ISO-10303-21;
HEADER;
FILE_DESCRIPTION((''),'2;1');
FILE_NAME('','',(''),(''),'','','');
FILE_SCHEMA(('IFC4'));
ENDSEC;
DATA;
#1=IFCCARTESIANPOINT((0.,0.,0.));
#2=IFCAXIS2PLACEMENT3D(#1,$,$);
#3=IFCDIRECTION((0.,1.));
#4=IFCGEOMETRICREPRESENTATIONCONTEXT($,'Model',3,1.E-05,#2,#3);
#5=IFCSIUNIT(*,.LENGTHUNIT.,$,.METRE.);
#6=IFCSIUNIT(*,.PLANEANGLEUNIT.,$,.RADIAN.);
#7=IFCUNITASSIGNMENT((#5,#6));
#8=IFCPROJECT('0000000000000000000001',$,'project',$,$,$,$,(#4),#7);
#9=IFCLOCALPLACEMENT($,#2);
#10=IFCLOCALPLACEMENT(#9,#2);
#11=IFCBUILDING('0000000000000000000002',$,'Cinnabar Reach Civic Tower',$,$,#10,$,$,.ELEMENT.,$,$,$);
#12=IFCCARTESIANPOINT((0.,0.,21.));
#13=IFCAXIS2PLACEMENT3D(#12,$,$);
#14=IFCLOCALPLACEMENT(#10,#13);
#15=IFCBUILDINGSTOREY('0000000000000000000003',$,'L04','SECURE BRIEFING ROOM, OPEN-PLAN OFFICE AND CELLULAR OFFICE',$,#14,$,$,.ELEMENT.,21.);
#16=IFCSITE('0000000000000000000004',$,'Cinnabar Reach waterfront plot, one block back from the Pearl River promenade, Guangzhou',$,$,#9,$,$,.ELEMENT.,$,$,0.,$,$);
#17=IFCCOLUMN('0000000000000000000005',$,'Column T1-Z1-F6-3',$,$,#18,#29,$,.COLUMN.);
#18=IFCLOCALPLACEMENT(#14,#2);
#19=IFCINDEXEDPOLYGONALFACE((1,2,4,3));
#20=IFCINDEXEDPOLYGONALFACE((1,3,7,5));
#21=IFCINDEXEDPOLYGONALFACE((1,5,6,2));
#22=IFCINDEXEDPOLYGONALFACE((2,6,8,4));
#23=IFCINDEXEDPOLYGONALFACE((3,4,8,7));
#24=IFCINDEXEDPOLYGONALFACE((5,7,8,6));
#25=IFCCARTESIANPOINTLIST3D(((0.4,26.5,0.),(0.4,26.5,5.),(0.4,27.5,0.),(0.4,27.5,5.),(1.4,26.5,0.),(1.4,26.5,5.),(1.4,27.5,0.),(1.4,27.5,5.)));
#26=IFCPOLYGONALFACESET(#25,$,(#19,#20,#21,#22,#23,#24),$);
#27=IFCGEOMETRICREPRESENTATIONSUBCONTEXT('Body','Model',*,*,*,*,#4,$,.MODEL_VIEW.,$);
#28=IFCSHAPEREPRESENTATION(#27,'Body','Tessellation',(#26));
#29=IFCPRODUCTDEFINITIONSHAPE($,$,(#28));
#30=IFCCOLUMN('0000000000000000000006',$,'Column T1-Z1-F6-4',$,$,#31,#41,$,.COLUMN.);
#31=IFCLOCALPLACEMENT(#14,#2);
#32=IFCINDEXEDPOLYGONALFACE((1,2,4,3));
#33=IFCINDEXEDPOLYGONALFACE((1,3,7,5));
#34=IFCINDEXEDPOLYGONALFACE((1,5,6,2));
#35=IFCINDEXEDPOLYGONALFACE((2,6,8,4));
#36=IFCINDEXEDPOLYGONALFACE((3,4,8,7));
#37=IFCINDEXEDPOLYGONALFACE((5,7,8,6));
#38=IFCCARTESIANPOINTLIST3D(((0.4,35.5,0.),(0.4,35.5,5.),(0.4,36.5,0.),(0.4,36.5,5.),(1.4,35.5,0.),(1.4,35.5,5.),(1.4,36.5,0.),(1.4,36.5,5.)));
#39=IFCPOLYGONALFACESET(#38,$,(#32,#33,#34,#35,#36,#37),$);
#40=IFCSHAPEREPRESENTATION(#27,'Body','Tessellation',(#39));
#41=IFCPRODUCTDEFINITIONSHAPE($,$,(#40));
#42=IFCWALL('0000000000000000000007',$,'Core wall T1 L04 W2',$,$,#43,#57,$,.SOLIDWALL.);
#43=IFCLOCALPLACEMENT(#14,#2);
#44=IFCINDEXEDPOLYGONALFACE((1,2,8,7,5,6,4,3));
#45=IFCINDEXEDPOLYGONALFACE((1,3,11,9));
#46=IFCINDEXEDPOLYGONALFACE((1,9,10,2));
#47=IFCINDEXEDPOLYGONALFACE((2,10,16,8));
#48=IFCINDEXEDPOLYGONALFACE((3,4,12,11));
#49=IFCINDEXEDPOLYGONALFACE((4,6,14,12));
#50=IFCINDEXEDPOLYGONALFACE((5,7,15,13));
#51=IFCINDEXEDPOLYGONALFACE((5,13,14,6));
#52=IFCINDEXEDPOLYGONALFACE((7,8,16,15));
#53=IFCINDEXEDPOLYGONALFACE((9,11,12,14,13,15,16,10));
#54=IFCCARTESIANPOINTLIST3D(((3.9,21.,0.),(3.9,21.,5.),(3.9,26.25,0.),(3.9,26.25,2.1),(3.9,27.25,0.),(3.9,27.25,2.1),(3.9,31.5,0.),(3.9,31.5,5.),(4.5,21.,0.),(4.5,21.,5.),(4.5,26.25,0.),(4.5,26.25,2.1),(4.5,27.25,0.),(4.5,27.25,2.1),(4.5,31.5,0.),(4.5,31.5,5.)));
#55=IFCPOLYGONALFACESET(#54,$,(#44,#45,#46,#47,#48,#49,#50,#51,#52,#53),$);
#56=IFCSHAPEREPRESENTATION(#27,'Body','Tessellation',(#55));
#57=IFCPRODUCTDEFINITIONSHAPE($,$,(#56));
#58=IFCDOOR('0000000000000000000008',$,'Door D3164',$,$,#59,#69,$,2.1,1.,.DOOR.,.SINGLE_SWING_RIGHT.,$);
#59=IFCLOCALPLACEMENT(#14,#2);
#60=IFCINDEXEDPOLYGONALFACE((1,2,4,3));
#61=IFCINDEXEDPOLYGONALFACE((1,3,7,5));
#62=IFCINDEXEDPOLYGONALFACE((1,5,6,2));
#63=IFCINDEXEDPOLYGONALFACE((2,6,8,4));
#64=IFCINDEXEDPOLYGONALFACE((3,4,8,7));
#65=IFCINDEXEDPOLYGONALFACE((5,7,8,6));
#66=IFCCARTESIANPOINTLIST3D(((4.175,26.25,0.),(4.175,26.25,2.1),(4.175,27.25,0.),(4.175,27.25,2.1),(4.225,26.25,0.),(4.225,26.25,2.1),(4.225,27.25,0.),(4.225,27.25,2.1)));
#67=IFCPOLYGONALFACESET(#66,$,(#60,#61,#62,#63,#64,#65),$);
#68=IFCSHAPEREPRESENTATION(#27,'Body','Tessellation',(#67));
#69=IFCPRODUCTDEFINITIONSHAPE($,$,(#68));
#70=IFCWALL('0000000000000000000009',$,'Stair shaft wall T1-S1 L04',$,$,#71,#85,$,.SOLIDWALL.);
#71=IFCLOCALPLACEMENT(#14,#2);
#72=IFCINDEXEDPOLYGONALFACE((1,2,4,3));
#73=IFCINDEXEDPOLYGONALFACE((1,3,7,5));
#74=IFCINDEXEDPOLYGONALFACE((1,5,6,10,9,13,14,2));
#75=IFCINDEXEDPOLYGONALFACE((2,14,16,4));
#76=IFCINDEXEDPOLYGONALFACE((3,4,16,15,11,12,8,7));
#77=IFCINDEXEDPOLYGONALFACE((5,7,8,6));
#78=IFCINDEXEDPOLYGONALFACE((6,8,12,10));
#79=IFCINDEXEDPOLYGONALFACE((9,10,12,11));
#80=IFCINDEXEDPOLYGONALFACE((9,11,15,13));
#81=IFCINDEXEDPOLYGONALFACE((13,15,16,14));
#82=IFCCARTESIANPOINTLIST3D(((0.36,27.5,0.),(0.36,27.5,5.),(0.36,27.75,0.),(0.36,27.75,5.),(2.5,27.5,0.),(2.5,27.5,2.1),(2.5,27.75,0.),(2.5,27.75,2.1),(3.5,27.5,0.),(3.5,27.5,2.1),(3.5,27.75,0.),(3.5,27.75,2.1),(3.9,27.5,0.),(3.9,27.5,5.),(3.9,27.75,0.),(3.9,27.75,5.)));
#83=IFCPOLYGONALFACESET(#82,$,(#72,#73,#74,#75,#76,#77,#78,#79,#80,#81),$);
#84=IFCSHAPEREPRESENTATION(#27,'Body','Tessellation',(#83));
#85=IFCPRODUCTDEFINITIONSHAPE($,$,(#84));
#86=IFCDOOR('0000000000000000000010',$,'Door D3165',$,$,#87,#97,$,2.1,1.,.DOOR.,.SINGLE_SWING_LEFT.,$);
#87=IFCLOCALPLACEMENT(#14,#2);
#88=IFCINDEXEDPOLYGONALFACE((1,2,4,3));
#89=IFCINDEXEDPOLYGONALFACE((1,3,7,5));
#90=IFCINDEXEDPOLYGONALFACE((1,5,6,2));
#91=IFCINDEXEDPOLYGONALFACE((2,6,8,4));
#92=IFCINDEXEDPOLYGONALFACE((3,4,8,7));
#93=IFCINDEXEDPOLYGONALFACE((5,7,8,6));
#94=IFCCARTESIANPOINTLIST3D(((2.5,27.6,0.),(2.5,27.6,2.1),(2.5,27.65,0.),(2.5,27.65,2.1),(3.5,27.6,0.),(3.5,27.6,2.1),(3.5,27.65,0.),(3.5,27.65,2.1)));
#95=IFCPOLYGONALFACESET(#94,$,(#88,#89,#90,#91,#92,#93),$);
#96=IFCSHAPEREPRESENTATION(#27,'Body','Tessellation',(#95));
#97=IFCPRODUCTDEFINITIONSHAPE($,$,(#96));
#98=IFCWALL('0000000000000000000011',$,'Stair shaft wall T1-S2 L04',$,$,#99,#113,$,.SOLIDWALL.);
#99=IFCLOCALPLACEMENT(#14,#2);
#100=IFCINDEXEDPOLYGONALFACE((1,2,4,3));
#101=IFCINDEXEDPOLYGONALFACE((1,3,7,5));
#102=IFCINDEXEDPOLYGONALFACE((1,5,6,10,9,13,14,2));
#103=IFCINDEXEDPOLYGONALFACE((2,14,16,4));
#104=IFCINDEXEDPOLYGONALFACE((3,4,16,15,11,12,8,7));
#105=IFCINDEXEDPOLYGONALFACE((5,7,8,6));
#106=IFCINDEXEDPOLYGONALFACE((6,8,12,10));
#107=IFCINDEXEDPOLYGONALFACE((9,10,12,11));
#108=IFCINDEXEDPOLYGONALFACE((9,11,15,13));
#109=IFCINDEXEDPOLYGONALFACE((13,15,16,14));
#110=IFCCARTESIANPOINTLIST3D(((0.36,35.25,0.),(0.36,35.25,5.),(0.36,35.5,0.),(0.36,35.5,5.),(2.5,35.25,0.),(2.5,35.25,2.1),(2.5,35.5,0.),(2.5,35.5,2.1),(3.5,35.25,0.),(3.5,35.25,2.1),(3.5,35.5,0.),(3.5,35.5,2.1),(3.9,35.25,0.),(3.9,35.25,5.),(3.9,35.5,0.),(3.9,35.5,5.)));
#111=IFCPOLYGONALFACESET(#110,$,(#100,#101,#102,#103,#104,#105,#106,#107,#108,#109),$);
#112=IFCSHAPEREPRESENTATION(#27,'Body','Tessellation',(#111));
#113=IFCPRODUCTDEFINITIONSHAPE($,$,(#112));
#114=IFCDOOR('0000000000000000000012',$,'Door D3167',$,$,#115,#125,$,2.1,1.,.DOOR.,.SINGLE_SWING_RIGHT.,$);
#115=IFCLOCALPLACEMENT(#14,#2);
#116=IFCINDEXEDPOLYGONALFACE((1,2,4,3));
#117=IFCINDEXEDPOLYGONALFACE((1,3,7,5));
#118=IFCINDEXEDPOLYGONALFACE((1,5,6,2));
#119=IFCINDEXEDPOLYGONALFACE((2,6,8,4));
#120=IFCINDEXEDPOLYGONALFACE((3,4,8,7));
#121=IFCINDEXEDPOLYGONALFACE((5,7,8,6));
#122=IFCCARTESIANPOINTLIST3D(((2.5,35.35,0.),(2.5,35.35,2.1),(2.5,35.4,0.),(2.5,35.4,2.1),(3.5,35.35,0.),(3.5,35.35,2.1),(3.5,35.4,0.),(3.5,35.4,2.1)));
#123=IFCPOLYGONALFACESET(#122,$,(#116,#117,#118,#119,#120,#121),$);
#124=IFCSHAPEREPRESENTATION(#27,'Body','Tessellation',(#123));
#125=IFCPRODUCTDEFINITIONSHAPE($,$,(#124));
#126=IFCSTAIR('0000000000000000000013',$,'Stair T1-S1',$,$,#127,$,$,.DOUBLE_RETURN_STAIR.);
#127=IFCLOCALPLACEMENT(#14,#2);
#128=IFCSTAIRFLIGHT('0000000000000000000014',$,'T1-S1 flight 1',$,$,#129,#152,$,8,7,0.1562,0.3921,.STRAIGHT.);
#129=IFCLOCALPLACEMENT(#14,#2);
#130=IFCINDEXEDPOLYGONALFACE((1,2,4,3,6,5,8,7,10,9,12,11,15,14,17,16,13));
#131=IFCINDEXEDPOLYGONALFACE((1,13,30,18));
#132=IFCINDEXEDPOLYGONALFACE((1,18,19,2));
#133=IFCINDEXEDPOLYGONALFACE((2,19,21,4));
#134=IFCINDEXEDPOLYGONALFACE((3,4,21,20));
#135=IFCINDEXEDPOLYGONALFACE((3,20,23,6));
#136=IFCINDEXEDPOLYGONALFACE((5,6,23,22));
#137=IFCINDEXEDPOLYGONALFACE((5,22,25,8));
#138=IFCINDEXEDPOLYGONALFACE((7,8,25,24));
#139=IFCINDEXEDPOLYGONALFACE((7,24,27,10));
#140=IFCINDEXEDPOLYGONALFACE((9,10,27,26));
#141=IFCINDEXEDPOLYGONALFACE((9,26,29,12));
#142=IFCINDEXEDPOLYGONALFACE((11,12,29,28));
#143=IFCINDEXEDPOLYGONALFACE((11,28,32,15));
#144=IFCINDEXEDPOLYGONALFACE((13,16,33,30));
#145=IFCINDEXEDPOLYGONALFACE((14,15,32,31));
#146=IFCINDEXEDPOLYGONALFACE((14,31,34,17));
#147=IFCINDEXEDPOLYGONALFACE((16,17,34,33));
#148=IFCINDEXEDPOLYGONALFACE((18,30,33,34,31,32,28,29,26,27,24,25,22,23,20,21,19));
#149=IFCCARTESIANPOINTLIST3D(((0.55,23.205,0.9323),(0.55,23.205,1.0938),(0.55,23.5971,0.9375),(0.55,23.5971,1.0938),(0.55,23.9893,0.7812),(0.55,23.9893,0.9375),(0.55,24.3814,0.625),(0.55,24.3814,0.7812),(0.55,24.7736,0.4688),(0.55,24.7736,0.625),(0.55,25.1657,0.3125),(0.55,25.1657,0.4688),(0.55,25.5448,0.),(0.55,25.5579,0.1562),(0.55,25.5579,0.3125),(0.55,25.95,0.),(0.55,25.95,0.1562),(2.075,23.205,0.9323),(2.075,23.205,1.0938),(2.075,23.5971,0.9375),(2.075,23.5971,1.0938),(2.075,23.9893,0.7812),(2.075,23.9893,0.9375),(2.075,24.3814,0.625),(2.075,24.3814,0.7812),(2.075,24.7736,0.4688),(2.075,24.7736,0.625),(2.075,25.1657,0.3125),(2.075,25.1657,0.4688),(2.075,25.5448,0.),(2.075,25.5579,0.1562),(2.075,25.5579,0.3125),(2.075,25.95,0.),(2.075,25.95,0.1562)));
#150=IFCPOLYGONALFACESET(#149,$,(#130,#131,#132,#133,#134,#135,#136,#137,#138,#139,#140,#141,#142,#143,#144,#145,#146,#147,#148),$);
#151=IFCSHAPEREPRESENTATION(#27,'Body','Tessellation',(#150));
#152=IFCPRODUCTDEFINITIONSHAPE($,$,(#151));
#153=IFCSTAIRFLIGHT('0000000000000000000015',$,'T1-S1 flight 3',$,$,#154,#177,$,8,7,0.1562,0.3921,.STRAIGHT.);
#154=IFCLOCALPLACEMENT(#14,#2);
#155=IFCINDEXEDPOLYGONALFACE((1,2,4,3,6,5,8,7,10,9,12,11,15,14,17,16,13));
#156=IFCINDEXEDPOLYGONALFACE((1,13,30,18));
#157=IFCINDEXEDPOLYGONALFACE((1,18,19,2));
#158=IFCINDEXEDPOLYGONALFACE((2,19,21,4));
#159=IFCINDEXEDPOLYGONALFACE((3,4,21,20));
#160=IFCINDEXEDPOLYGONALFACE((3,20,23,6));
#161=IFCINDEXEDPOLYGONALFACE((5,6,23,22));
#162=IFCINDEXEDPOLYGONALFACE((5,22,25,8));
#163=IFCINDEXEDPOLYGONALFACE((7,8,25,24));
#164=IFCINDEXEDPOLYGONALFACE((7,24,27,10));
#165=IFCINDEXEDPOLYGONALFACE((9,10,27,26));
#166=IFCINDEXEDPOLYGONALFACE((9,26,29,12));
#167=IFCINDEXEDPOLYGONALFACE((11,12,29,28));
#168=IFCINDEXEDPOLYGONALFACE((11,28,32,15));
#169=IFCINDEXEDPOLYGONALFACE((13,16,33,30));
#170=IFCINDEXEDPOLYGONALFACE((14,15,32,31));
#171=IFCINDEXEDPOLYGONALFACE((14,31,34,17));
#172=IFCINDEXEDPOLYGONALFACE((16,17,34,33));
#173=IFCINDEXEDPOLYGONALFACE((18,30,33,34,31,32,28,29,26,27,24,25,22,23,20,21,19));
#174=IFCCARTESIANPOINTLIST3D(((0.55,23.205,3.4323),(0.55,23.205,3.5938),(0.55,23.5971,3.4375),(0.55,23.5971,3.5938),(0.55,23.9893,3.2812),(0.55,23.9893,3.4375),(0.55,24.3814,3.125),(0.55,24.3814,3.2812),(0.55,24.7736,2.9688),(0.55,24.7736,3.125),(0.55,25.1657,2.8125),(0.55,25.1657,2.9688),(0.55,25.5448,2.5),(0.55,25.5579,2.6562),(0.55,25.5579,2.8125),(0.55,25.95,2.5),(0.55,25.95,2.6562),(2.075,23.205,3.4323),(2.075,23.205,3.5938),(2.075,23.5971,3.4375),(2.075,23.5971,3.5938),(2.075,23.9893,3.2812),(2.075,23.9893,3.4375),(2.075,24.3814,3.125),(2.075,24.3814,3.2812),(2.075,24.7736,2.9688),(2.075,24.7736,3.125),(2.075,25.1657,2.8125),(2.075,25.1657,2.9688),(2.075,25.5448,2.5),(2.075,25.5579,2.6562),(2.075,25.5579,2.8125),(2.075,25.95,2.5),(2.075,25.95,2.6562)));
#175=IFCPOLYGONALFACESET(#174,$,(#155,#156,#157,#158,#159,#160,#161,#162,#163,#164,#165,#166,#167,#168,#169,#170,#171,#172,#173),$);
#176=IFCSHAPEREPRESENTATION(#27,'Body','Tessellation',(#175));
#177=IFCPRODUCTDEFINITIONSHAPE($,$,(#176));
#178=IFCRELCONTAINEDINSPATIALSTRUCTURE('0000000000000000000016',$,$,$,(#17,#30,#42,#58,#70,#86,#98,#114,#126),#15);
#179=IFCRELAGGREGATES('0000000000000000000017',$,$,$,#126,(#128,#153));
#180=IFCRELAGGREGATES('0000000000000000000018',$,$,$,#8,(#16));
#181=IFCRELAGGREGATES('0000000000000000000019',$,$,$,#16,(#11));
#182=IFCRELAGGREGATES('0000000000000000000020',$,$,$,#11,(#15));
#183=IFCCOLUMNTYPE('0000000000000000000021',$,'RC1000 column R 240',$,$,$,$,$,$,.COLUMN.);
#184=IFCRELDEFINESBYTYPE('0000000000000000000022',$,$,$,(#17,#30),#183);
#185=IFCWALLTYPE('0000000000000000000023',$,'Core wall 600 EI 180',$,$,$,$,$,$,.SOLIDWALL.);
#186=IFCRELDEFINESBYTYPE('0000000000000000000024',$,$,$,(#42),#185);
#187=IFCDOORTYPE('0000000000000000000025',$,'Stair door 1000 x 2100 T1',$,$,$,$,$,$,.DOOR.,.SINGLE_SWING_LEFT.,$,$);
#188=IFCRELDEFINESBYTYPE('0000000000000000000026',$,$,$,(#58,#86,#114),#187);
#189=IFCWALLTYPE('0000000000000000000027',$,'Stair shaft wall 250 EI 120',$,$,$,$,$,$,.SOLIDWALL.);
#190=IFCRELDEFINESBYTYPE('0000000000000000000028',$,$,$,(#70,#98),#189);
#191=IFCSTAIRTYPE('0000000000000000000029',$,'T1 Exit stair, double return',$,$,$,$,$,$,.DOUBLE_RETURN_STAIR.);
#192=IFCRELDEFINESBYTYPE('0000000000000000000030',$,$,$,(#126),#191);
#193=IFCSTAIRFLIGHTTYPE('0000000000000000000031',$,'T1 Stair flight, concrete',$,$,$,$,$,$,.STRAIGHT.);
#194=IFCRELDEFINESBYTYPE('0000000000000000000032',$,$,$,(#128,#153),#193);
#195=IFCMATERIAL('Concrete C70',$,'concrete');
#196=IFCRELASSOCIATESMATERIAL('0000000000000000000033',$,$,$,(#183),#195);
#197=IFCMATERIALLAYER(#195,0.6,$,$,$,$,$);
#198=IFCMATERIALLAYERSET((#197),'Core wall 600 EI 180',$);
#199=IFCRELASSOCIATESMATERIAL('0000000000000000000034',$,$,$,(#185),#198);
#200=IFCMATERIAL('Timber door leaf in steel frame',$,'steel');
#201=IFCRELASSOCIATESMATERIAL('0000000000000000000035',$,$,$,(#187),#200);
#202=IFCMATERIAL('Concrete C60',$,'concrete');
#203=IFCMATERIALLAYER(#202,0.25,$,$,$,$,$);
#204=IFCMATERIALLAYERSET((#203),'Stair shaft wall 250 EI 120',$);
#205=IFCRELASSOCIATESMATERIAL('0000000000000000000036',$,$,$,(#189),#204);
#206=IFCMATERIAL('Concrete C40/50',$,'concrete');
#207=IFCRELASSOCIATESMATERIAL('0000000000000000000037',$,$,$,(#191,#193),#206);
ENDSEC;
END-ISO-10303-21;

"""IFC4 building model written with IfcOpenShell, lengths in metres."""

from ifc_helpers import new_model, si_unit, direction, frame, frame_2d, origin, origin_2d, place, context, subcontext, project, spatial, polyline, rectangle, outline, extrude, material, layer, layer_set, material_profile, profile_set, type_object, element, fill, aggregate, save


model = new_model("IFC4")

# Units and contexts
model_context = context("Model", 3, precision=1e-05, world=origin(), true_north=direction((0.0, 1.0)))
body_context = subcontext(model_context, "Body", "Model", "MODEL_VIEW")
ifc_project = project(units=[si_unit("LENGTHUNIT", "METRE"), si_unit("PLANEANGLEUNIT", "RADIAN")], contexts=[model_context])

# Site, building, storey
site_placement = place(None, origin())
site = spatial("IfcSite", under=ifc_project, at=site_placement, Name="Cinnabar Reach waterfront plot, one block back from the Pearl River promenade, Guangzhou", CompositionType="ELEMENT", RefElevation=0.0)
building_placement = place(site_placement, origin())
building = spatial("IfcBuilding", under=site, at=building_placement, Name="Cinnabar Reach Civic Tower", CompositionType="ELEMENT")
storey_placement = place(building_placement, frame((0.0, 0.0, 21.0)))
storey = spatial("IfcBuildingStorey", under=building, at=storey_placement, Name="L04", Description="SECURE BRIEFING ROOM, OPEN-PLAN OFFICE AND CELLULAR OFFICE", CompositionType="ELEMENT", Elevation=21.0)

# Columns
ifc_material_1 = material(Name="Concrete C70", Category="concrete")
ifc_material_profile = material_profile(ifc_material_1, rectangle(XDim=1.0, YDim=1.0, at=origin_2d()), Name="RC1000")
ifc_profile_set = profile_set([ifc_material_profile], Name="Concrete C70")
column_type = type_object("IfcColumnType", Name="RC1000 column R 240", PredefinedType="COLUMN", material=ifc_profile_set)
for number, where, z_axis, x_axis, name in (
    (1, (0.9, 27.0, 0.0), (0.0, 0.0, 1.0), (1.0, 0.0, 0.0), "Column T1-Z1-F6-3"),
    (2, (0.9, 36.0, 0.0), (0.0, 0.0, 1.0), (1.0, 0.0, 0.0), "Column T1-Z1-F6-4"),
):
    element("IfcColumn", number, at=place(storey_placement, frame(where, z_axis=z_axis, x_axis=x_axis)), inside=storey, type_object=column_type, Name=name, PredefinedType="COLUMN", context=body_context, shape_type="SweptSolid", body=[
        extrude(rectangle(XDim=1.0, YDim=1.0, at=origin_2d()), origin(), (0.0, 0.0, 1.0), 5.0),
    ])

# Walls, openings, doors
ifc_layer_1 = layer(ifc_material_1, 0.6)
ifc_layer_set_1 = layer_set([ifc_layer_1], Name="Core wall 600 EI 180")
wall_type_1 = type_object("IfcWallType", Name="Core wall 600 EI 180", PredefinedType="SOLIDWALL", material=ifc_layer_set_1)
wall_1_placement = place(storey_placement, frame((4.2, 31.5, 0.0), z_axis=(0.0, 0.0, 1.0), x_axis=(0.0, -1.0, 0.0)))
wall_1 = element("IfcWall", 3, at=wall_1_placement, inside=storey, type_object=wall_type_1, Name="Core wall T1 L04 W2", PredefinedType="SOLIDWALL", context=body_context, shape_type="SweptSolid", body=[
    extrude(rectangle(XDim=10.5, YDim=0.6, at=frame_2d((5.25, 0.0))), origin(), (0.0, 0.0, 1.0), 5.0),
])
opening_1_placement = place(wall_1_placement, frame((4.25, 0.0, 0.0)))
opening_1 = element("IfcOpeningElement", 4, at=opening_1_placement, cuts=wall_1, PredefinedType="OPENING", context=body_context, shape_type="SweptSolid", body=[
    extrude(rectangle(XDim=1.0, YDim=2.1, at=frame_2d((0.5, 1.05))), frame((0.0, 0.31, 0.0), z_axis=(0.0, -1.0, 0.0), x_axis=(1.0, 0.0, 0.0)), (0.0, 0.0, 1.0), 0.62),
])
ifc_material_2 = material(Name="Timber door leaf in steel frame", Category="steel")
door_type = type_object("IfcDoorType", Name="Stair door 1000 x 2100 T1", OperationType="SINGLE_SWING_LEFT", PredefinedType="DOOR", material=ifc_material_2)
door_1_placement = place(opening_1_placement, frame((1.0, 0.0, 0.0), z_axis=(0.0, 0.0, 1.0), x_axis=(-1.0, 0.0, 0.0)))
door_1 = element("IfcDoor", 5, at=door_1_placement, inside=storey, type_object=door_type, Name="Door D3164", OperationType="SINGLE_SWING_RIGHT", OverallHeight=2.1, OverallWidth=1.0, PredefinedType="DOOR", context=body_context, shape_type="SweptSolid", body=[
    extrude(rectangle(XDim=1.0, YDim=2.1, at=frame_2d((0.5, 1.05))), frame((0.0, 0.025, 0.0), z_axis=(0.0, -1.0, 0.0), x_axis=(1.0, 0.0, 0.0)), (0.0, 0.0, 1.0), 0.05),
])
fill(opening_1, door_1)
ifc_material_3 = material(Name="Concrete C60", Category="concrete")
ifc_layer_2 = layer(ifc_material_3, 0.25)
ifc_layer_set_2 = layer_set([ifc_layer_2], Name="Stair shaft wall 250 EI 120")
wall_type_2 = type_object("IfcWallType", Name="Stair shaft wall 250 EI 120", PredefinedType="SOLIDWALL", material=ifc_layer_set_2)
wall_2_placement = place(storey_placement, frame((3.9, 27.625, 0.0), z_axis=(0.0, 0.0, 1.0), x_axis=(-1.0, 0.0, 0.0)))
wall_2 = element("IfcWall", 6, at=wall_2_placement, inside=storey, type_object=wall_type_2, Name="Stair shaft wall T1-S1 L04", PredefinedType="SOLIDWALL", context=body_context, shape_type="SweptSolid", body=[
    extrude(rectangle(XDim=3.54, YDim=0.25, at=frame_2d((1.77, 0.0))), origin(), (0.0, 0.0, 1.0), 5.0),
])
opening_2_placement = place(wall_2_placement, frame((0.4, 0.0, 0.0)))
opening_2 = element("IfcOpeningElement", 7, at=opening_2_placement, cuts=wall_2, PredefinedType="OPENING", context=body_context, shape_type="SweptSolid", body=[
    extrude(rectangle(XDim=1.0, YDim=2.1, at=frame_2d((0.5, 1.05))), frame((0.0, 0.135, 0.0), z_axis=(0.0, -1.0, 0.0), x_axis=(1.0, 0.0, 0.0)), (0.0, 0.0, 1.0), 0.27),
])
door_2_placement = place(opening_2_placement, origin())
door_2 = element("IfcDoor", 8, at=door_2_placement, inside=storey, type_object=door_type, Name="Door D3165", OperationType="SINGLE_SWING_LEFT", OverallHeight=2.1, OverallWidth=1.0, PredefinedType="DOOR", context=body_context, shape_type="SweptSolid", body=[
    extrude(rectangle(XDim=1.0, YDim=2.1, at=frame_2d((0.5, 1.05))), frame((0.0, 0.025, 0.0), z_axis=(0.0, -1.0, 0.0), x_axis=(1.0, 0.0, 0.0)), (0.0, 0.0, 1.0), 0.05),
])
fill(opening_2, door_2)
wall_3_placement = place(storey_placement, frame((0.36, 35.375, 0.0), z_axis=(0.0, 0.0, 1.0), x_axis=(1.0, 0.0, 0.0)))
wall_3 = element("IfcWall", 9, at=wall_3_placement, inside=storey, type_object=wall_type_2, Name="Stair shaft wall T1-S2 L04", PredefinedType="SOLIDWALL", context=body_context, shape_type="SweptSolid", body=[
    extrude(rectangle(XDim=3.54, YDim=0.25, at=frame_2d((1.77, 0.0))), origin(), (0.0, 0.0, 1.0), 5.0),
])
opening_3_placement = place(wall_3_placement, frame((2.14, 0.0, 0.0)))
opening_3 = element("IfcOpeningElement", 10, at=opening_3_placement, cuts=wall_3, PredefinedType="OPENING", context=body_context, shape_type="SweptSolid", body=[
    extrude(rectangle(XDim=1.0, YDim=2.1, at=frame_2d((0.5, 1.05))), frame((0.0, 0.135, 0.0), z_axis=(0.0, -1.0, 0.0), x_axis=(1.0, 0.0, 0.0)), (0.0, 0.0, 1.0), 0.27),
])
door_3_placement = place(opening_3_placement, origin())
door_3 = element("IfcDoor", 11, at=door_3_placement, inside=storey, type_object=door_type, Name="Door D3167", OperationType="SINGLE_SWING_RIGHT", OverallHeight=2.1, OverallWidth=1.0, PredefinedType="DOOR", context=body_context, shape_type="SweptSolid", body=[
    extrude(rectangle(XDim=1.0, YDim=2.1, at=frame_2d((0.5, 1.05))), frame((0.0, 0.025, 0.0), z_axis=(0.0, -1.0, 0.0), x_axis=(1.0, 0.0, 0.0)), (0.0, 0.0, 1.0), 0.05),
])
fill(opening_3, door_3)

# Stair, stair flights
ifc_material_4 = material(Name="Concrete C40/50", Category="concrete")
stair_type = type_object("IfcStairType", Name="T1 Exit stair, double return", PredefinedType="DOUBLE_RETURN_STAIR", material=ifc_material_4)
stair_1_placement = place(storey_placement, origin())
stair_1 = element("IfcStair", 12, at=stair_1_placement, inside=storey, type_object=stair_type, Name="Stair T1-S1", PredefinedType="DOUBLE_RETURN_STAIR")
stair_flight_type = type_object("IfcStairFlightType", Name="T1 Stair flight, concrete", PredefinedType="STRAIGHT", material=ifc_material_4)
stair_flight_1_placement = place(storey_placement, frame((1.3125, 25.95, 0.0), z_axis=(0.0, 0.0, 1.0), x_axis=(0.0, -1.0, 0.0)))
stair_flight_1 = element("IfcStairFlight", 13, at=stair_flight_1_placement, type_object=stair_flight_type, Name="T1-S1 flight 1", NumberOfRisers=8, NumberOfTreads=7, PredefinedType="STRAIGHT", RiserHeight=0.1562, TreadLength=0.3921, context=body_context, shape_type="SweptSolid", body=[
    extrude(outline(polyline([(0.0, 0.0), (0.0, 0.1562), (0.3921, 0.1562), (0.3921, 0.3125), (0.7843, 0.3125), (0.7843, 0.4688), (1.1764, 0.4688), (1.1764, 0.625), (1.5686, 0.625), (1.5686, 0.7812), (1.9607, 0.7812), (1.9607, 0.9375), (2.3529, 0.9375), (2.3529, 1.0938), (2.745, 1.0938), (2.745, 1.25), (2.745, 0.9323), (0.4052, 0.0), (0.0, 0.0)])), frame((0.0, 0.7625, 0.0), z_axis=(0.0, -1.0, 0.0), x_axis=(1.0, 0.0, 0.0)), (0.0, 0.0, 1.0), 1.525),
])
stair_flight_2_placement = place(storey_placement, frame((1.3125, 25.95, 2.5), z_axis=(0.0, 0.0, 1.0), x_axis=(0.0, -1.0, 0.0)))
stair_flight_2 = element("IfcStairFlight", 14, at=stair_flight_2_placement, type_object=stair_flight_type, Name="T1-S1 flight 3", NumberOfRisers=8, NumberOfTreads=7, PredefinedType="STRAIGHT", RiserHeight=0.1562, TreadLength=0.3921, context=body_context, shape_type="SweptSolid", body=[
    extrude(outline(polyline([(0.0, 0.0), (0.0, 0.1562), (0.3921, 0.1562), (0.3921, 0.3125), (0.7843, 0.3125), (0.7843, 0.4688), (1.1764, 0.4688), (1.1764, 0.625), (1.5686, 0.625), (1.5686, 0.7812), (1.9607, 0.7812), (1.9607, 0.9375), (2.3529, 0.9375), (2.3529, 1.0938), (2.745, 1.0938), (2.745, 1.25), (2.745, 0.9323), (0.4052, 0.0), (0.0, 0.0)])), frame((0.0, 0.7625, 0.0), z_axis=(0.0, -1.0, 0.0), x_axis=(1.0, 0.0, 0.0)), (0.0, 0.0, 1.0), 1.525),
])

aggregate(stair_1, [stair_flight_1, stair_flight_2])

save(model, "model.ifc")
